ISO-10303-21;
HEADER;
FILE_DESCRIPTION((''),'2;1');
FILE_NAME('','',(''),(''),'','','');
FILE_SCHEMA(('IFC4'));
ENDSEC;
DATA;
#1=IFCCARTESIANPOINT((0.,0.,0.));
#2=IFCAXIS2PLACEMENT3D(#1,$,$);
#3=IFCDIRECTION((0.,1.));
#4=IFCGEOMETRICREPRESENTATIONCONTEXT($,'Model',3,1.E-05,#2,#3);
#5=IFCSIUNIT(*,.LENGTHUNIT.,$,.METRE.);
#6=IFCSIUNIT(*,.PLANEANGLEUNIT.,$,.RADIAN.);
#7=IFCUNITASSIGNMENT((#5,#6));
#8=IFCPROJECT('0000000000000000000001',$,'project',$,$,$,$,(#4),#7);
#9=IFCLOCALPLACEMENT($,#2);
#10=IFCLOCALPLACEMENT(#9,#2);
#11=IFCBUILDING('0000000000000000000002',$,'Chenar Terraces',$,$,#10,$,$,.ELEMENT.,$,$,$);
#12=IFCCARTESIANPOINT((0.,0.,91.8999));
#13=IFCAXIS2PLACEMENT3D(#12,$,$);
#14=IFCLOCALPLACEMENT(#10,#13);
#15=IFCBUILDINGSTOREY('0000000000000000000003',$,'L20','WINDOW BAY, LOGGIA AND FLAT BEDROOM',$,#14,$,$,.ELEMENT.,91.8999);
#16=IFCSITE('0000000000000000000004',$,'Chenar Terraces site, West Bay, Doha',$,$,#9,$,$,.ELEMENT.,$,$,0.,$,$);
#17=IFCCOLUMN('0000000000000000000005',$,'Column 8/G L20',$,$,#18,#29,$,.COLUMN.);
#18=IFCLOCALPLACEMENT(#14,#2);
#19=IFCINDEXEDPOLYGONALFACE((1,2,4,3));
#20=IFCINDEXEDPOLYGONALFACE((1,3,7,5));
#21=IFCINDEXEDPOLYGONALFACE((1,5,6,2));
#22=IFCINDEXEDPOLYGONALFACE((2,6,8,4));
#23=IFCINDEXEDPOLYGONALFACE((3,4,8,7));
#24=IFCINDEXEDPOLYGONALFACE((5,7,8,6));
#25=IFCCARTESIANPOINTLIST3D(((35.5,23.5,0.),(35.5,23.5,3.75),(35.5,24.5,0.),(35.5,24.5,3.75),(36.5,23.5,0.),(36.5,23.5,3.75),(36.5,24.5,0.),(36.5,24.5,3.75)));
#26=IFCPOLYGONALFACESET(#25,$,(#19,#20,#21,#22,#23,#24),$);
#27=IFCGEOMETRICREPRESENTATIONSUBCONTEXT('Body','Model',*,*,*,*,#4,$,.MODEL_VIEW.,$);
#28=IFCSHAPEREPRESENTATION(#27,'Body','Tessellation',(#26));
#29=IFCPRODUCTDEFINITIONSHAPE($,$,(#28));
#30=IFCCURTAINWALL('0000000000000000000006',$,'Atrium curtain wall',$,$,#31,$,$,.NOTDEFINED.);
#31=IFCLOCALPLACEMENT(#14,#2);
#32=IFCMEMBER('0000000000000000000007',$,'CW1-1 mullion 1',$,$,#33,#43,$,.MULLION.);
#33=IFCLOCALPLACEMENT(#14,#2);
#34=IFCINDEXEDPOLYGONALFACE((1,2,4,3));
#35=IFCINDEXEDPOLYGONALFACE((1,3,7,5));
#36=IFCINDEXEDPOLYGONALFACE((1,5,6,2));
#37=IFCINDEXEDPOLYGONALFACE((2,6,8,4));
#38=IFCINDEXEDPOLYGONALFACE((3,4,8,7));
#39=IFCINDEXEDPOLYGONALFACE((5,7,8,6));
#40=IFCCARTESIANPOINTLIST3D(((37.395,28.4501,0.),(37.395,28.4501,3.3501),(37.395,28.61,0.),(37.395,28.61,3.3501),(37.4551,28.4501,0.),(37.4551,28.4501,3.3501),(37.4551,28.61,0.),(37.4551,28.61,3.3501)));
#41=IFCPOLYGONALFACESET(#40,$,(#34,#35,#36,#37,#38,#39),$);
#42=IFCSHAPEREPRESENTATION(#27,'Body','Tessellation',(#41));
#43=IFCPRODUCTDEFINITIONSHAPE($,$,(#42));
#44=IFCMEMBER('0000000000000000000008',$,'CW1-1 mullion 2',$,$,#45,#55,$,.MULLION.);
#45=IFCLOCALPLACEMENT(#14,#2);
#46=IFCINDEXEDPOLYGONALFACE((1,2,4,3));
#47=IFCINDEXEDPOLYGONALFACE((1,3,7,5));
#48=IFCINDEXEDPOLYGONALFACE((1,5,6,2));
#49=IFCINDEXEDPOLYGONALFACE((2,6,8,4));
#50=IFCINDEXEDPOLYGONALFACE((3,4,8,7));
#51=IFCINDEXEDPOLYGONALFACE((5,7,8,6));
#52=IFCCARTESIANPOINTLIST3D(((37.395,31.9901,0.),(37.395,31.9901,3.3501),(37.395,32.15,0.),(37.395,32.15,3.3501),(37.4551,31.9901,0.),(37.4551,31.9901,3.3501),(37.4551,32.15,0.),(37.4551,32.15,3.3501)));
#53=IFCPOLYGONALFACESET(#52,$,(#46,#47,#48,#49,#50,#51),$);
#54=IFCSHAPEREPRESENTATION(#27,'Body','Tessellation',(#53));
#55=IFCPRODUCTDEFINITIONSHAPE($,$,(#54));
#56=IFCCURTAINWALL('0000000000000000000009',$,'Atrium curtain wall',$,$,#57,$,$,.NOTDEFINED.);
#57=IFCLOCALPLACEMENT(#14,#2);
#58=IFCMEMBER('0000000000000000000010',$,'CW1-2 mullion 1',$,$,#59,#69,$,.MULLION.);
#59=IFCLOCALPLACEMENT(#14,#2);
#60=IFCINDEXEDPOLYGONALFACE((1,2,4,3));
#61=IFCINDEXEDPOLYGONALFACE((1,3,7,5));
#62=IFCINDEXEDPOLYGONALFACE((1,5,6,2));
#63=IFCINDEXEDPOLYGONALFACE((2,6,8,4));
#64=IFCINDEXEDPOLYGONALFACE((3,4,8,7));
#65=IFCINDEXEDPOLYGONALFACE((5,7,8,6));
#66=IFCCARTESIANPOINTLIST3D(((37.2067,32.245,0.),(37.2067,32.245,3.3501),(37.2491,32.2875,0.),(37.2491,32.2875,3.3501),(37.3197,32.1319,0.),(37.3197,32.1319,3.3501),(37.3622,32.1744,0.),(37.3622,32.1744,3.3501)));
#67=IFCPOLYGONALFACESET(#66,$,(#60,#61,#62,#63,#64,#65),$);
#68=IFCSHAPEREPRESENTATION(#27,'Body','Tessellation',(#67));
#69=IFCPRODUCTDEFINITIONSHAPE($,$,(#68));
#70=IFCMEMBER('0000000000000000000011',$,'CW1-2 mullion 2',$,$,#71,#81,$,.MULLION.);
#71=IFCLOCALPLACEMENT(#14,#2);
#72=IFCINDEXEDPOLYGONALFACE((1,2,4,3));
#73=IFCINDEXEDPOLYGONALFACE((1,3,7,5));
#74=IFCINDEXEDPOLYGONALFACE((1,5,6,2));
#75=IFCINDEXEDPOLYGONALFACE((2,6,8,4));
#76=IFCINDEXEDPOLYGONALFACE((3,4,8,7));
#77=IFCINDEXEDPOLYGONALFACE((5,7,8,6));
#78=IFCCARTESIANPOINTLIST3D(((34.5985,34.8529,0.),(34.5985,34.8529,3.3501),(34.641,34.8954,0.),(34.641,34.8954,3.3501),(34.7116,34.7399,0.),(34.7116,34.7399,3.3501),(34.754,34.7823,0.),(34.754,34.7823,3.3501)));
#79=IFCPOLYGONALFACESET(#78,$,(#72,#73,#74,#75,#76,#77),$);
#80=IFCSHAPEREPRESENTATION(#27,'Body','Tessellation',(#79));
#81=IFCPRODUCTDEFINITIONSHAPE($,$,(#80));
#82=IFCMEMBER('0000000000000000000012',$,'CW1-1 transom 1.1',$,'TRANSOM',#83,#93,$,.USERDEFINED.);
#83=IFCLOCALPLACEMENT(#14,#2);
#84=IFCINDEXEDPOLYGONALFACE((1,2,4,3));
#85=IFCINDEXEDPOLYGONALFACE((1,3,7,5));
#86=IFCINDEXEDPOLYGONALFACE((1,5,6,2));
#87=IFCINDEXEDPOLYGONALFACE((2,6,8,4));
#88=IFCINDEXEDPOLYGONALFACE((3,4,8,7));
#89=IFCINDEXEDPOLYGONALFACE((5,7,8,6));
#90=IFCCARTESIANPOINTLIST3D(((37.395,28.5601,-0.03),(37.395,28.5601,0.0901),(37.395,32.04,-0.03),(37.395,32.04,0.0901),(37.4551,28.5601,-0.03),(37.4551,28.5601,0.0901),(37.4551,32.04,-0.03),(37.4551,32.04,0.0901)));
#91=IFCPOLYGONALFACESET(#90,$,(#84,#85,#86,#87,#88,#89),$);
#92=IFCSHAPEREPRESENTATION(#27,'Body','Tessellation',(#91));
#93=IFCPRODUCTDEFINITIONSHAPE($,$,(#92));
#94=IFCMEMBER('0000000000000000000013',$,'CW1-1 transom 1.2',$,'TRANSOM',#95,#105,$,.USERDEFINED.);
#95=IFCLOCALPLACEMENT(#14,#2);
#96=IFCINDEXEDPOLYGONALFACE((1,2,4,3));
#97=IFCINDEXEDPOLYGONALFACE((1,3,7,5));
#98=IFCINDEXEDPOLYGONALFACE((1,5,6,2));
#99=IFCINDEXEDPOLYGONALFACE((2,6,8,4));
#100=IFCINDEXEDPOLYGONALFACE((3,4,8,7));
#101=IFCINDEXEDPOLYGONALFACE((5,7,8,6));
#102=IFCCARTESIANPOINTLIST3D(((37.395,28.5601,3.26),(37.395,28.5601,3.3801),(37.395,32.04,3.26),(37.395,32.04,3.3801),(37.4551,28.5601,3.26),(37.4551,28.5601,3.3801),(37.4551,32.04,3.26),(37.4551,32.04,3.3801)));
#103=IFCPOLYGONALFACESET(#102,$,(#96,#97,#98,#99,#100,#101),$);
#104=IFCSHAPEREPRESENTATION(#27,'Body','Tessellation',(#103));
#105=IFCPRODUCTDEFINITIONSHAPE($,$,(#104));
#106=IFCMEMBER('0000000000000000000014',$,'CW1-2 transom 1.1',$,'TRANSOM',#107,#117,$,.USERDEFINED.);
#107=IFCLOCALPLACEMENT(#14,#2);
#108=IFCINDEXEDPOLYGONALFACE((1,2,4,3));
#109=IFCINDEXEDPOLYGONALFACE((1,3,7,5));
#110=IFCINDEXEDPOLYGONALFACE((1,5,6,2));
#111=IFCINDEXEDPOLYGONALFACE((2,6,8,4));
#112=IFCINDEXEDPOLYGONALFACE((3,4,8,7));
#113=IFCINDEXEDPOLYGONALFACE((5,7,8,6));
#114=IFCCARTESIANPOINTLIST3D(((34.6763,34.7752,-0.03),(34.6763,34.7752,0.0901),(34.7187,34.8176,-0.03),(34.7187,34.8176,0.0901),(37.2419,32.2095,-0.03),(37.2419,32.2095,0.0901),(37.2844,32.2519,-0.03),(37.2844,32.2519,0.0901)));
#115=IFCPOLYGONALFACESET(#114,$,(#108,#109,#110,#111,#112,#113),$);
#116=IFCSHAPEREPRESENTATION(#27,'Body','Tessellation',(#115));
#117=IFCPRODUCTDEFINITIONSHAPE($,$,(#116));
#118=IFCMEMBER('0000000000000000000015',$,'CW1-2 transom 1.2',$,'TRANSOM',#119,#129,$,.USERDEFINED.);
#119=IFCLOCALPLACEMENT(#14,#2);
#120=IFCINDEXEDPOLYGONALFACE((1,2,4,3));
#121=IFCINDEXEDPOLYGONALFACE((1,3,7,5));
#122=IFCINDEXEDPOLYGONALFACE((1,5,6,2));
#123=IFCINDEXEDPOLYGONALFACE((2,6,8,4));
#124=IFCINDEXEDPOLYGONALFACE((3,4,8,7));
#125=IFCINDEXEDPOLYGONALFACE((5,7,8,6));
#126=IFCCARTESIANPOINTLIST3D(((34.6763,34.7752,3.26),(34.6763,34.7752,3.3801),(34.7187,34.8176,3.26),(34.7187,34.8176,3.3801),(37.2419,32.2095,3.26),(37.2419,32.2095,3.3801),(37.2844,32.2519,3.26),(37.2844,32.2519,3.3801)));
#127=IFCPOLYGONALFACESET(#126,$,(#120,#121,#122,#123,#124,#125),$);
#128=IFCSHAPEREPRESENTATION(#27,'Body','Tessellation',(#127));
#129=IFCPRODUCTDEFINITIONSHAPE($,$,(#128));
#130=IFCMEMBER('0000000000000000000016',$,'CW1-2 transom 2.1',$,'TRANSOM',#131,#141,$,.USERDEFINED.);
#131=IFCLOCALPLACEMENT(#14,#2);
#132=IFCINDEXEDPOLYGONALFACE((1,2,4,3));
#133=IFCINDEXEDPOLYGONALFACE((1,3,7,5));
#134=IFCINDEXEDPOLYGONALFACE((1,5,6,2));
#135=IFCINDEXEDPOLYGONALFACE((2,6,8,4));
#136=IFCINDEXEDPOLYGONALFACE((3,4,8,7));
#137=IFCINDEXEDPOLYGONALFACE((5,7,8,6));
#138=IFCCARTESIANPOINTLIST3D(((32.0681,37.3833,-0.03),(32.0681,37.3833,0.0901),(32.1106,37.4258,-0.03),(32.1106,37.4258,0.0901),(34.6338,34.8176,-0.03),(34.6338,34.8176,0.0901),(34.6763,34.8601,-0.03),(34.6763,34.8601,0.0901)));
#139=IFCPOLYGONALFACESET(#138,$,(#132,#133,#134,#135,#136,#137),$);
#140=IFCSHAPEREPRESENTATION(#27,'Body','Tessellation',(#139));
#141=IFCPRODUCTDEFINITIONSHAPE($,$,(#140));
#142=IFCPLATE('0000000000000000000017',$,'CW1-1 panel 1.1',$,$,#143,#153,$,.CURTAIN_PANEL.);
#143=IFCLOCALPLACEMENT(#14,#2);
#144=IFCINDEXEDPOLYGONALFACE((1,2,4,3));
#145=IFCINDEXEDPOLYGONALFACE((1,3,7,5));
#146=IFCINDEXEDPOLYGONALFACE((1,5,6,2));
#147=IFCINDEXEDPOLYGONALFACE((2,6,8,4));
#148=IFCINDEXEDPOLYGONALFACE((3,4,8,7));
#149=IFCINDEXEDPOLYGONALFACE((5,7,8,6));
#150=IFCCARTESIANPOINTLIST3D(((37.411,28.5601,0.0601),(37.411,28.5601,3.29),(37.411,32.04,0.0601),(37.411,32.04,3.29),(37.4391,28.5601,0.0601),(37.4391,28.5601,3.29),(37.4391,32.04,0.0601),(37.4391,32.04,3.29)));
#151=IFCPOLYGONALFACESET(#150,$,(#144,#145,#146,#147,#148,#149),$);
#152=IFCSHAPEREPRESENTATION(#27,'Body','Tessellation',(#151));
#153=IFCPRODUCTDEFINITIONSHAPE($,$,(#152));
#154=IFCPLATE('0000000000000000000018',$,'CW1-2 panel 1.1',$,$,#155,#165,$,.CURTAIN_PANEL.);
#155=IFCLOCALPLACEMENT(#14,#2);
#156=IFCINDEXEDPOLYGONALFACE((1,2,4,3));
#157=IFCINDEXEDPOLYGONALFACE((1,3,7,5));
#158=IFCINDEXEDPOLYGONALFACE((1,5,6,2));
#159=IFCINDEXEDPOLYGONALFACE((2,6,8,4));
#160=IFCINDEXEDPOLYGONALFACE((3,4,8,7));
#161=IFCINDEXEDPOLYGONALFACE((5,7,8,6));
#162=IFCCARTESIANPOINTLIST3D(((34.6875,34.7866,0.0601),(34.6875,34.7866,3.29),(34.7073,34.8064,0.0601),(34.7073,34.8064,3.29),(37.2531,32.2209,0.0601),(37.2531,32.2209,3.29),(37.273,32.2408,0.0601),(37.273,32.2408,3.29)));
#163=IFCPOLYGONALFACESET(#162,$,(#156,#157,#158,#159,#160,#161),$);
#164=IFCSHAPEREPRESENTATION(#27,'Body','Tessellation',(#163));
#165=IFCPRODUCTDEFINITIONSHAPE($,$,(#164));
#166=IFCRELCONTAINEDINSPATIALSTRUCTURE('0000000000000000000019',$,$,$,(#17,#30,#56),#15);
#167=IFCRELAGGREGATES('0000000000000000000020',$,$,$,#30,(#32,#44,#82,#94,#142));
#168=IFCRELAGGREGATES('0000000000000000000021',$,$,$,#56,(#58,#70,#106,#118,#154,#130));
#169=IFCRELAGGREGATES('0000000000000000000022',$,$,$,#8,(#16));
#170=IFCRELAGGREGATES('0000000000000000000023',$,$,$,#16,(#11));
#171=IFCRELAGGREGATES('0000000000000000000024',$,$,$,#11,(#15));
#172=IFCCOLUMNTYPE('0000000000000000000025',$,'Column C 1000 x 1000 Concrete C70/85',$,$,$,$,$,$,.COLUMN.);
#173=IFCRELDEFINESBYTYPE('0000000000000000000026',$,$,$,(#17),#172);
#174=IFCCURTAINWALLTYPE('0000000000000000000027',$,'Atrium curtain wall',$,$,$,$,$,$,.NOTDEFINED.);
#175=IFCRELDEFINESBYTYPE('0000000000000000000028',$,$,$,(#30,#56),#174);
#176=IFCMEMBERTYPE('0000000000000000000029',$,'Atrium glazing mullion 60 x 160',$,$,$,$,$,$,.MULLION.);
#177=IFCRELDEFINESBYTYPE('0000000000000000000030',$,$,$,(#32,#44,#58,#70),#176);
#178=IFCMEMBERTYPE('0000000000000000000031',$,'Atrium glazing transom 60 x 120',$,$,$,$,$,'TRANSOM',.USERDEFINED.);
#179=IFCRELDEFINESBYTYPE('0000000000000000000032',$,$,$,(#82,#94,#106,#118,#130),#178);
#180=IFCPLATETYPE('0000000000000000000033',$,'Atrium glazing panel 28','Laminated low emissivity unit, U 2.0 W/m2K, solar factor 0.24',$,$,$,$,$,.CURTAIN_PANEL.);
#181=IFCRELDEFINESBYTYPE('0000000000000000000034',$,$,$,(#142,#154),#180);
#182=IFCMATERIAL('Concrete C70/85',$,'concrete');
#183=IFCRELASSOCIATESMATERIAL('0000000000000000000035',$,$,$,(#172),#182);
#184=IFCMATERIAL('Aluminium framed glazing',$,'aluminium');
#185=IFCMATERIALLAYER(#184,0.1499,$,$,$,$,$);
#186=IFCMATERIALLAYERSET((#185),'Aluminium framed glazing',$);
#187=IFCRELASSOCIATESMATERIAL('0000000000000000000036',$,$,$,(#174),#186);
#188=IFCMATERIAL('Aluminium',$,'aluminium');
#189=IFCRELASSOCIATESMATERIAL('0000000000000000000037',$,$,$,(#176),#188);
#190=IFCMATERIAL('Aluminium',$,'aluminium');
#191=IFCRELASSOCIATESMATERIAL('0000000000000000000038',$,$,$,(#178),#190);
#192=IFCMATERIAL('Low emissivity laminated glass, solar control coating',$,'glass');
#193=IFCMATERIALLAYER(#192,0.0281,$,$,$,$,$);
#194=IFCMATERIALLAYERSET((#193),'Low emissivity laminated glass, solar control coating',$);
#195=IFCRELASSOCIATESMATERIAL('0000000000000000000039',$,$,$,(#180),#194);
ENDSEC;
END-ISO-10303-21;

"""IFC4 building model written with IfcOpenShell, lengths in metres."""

from ifc_helpers import new_model, si_unit, direction, frame, origin, origin_2d, place, context, subcontext, project, spatial, rectangle, extrude, material, layer, layer_set, material_profile, profile_set, type_object, element, aggregate, save


model = new_model("IFC4")

# Units and contexts
model_context = context("Model", 3, precision=1e-05, world=origin(), true_north=direction((0.0, 1.0)))
body_context = subcontext(model_context, "Body", "Model", "MODEL_VIEW")
ifc_project = project(units=[si_unit("LENGTHUNIT", "METRE"), si_unit("PLANEANGLEUNIT", "RADIAN")], contexts=[model_context])

# Site, building, storey
site_placement = place(None, origin())
site = spatial("IfcSite", under=ifc_project, at=site_placement, Name="Chenar Terraces site, West Bay, Doha", CompositionType="ELEMENT", RefElevation=0.0)
building_placement = place(site_placement, origin())
building = spatial("IfcBuilding", under=site, at=building_placement, Name="Chenar Terraces", CompositionType="ELEMENT")
storey_placement = place(building_placement, frame((0.0, 0.0, 91.8999)))
storey = spatial("IfcBuildingStorey", under=building, at=storey_placement, Name="L20", Description="WINDOW BAY, LOGGIA AND FLAT BEDROOM", CompositionType="ELEMENT", Elevation=91.8999)

# Column
ifc_material_1 = material(Name="Concrete C70/85", Category="concrete")
ifc_material_profile_1 = material_profile(ifc_material_1, rectangle(XDim=1.0, YDim=1.0, at=origin_2d()), Name="C 1000 x 1000")
ifc_profile_set_1 = profile_set([ifc_material_profile_1], Name="Concrete C70/85")
column_type = type_object("IfcColumnType", Name="Column C 1000 x 1000 Concrete C70/85", PredefinedType="COLUMN", material=ifc_profile_set_1)
column_placement = place(storey_placement, frame((36.0, 24.0, 0.0), z_axis=(0.0, 0.0, 1.0), x_axis=(1.0, 0.0, 0.0)))
element("IfcColumn", 1, at=column_placement, inside=storey, type_object=column_type, Name="Column 8/G L20", PredefinedType="COLUMN", context=body_context, shape_type="SweptSolid", body=[
    extrude(rectangle(XDim=1.0, YDim=1.0, at=origin_2d()), origin(), (0.0, 0.0, 1.0), 3.75),
])

# Curtain walls, members
ifc_material_2 = material(Name="Aluminium framed glazing", Category="aluminium")
ifc_layer_1 = layer(ifc_material_2, 0.1499)
ifc_layer_set_1 = layer_set([ifc_layer_1], Name="Aluminium framed glazing")
curtain_wall_type = type_object("IfcCurtainWallType", Name="Atrium curtain wall", PredefinedType="NOTDEFINED", material=ifc_layer_set_1)
placement = place(storey_placement, origin())
curtain_wall_1 = element("IfcCurtainWall", 2, at=placement, inside=storey, type_object=curtain_wall_type, Name="Atrium curtain wall", PredefinedType="NOTDEFINED")
ifc_material_3 = material(Name="Aluminium", Category="aluminium")
ifc_material_profile_2 = material_profile(ifc_material_3, rectangle(XDim=0.0601, YDim=0.1599, at=origin_2d()), Name="Atrium glazing mullion 60 x 160")
ifc_profile_set_2 = profile_set([ifc_material_profile_2], Name="Aluminium")
member_type_1 = type_object("IfcMemberType", Name="Atrium glazing mullion 60 x 160", PredefinedType="MULLION", material=ifc_profile_set_2)
member_1_placement = place(storey_placement, frame((37.425, 28.53, 0.0), z_axis=(0.0, 0.0, 1.0), x_axis=(-1.0, 0.0, 0.0)))
member_1 = element("IfcMember", 3, at=member_1_placement, type_object=member_type_1, Name="CW1-1 mullion 1", PredefinedType="MULLION", context=body_context, shape_type="SweptSolid", body=[
    extrude(rectangle(XDim=0.0601, YDim=0.1599, at=origin_2d()), origin(), (0.0, 0.0, 1.0), 3.3501),
])
member_2_placement = place(storey_placement, frame((37.425, 32.0701, 0.0), z_axis=(0.0, 0.0, 1.0), x_axis=(-1.0, 0.0, 0.0)))
member_2 = element("IfcMember", 4, at=member_2_placement, type_object=member_type_1, Name="CW1-1 mullion 2", PredefinedType="MULLION", context=body_context, shape_type="SweptSolid", body=[
    extrude(rectangle(XDim=0.0601, YDim=0.1599, at=origin_2d()), origin(), (0.0, 0.0, 1.0), 3.3501),
])
curtain_wall_2 = element("IfcCurtainWall", 5, at=placement, inside=storey, type_object=curtain_wall_type, Name="Atrium curtain wall", PredefinedType="NOTDEFINED")
member_3_placement = place(storey_placement, frame((37.2844, 32.2097, 0.0), z_axis=(0.0, 0.0, 1.0), x_axis=(-0.707107, -0.707107, 0.0)))
member_3 = element("IfcMember", 6, at=member_3_placement, type_object=member_type_1, Name="CW1-2 mullion 1", PredefinedType="MULLION", context=body_context, shape_type="SweptSolid", body=[
    extrude(rectangle(XDim=0.0601, YDim=0.1599, at=origin_2d()), origin(), (0.0, 0.0, 1.0), 3.3501),
])
member_4_placement = place(storey_placement, frame((34.6763, 34.8176, 0.0), z_axis=(0.0, 0.0, 1.0), x_axis=(-0.707107, -0.707107, 0.0)))
member_4 = element("IfcMember", 7, at=member_4_placement, type_object=member_type_1, Name="CW1-2 mullion 2", PredefinedType="MULLION", context=body_context, shape_type="SweptSolid", body=[
    extrude(rectangle(XDim=0.0601, YDim=0.1599, at=origin_2d()), origin(), (0.0, 0.0, 1.0), 3.3501),
])

# Members
ifc_material_4 = material(Name="Aluminium", Category="aluminium")
ifc_material_profile_3 = material_profile(ifc_material_4, rectangle(XDim=0.0601, YDim=0.1201, at=origin_2d()), Name="Atrium glazing transom 60 x 120")
ifc_profile_set_3 = profile_set([ifc_material_profile_3], Name="Aluminium")
member_type_2 = type_object("IfcMemberType", Name="Atrium glazing transom 60 x 120", ElementType="TRANSOM", PredefinedType="USERDEFINED", material=ifc_profile_set_3)
member_5_placement = place(storey_placement, frame((37.425, 28.5601, 0.03), z_axis=(0.0, 1.0, 0.0), x_axis=(-1.0, 0.0, 0.0)))
member_5 = element("IfcMember", 8, at=member_5_placement, type_object=member_type_2, Name="CW1-1 transom 1.1", ObjectType="TRANSOM", PredefinedType="USERDEFINED", context=body_context, shape_type="SweptSolid", body=[
    extrude(rectangle(XDim=0.0601, YDim=0.1201, at=origin_2d()), origin(), (0.0, 0.0, 1.0), 3.48),
])
member_6_placement = place(storey_placement, frame((37.425, 28.5601, 3.3201), z_axis=(0.0, 1.0, 0.0), x_axis=(-1.0, 0.0, 0.0)))
member_6 = element("IfcMember", 9, at=member_6_placement, type_object=member_type_2, Name="CW1-1 transom 1.2", ObjectType="TRANSOM", PredefinedType="USERDEFINED", context=body_context, shape_type="SweptSolid", body=[
    extrude(rectangle(XDim=0.0601, YDim=0.1201, at=origin_2d()), origin(), (0.0, 0.0, 1.0), 3.48),
])
member_7_placement = place(storey_placement, frame((37.2632, 32.2307, 0.03), z_axis=(-0.707107, 0.707107, 0.0), x_axis=(-0.707107, -0.707107, 0.0)))
member_7 = element("IfcMember", 10, at=member_7_placement, type_object=member_type_2, Name="CW1-2 transom 1.1", ObjectType="TRANSOM", PredefinedType="USERDEFINED", context=body_context, shape_type="SweptSolid", body=[
    extrude(rectangle(XDim=0.0601, YDim=0.1201, at=origin_2d()), origin(), (0.0, 0.0, 1.0), 3.6284),
])
member_8_placement = place(storey_placement, frame((37.2632, 32.2307, 3.3201), z_axis=(-0.707107, 0.707107, 0.0), x_axis=(-0.707107, -0.707107, 0.0)))
member_8 = element("IfcMember", 11, at=member_8_placement, type_object=member_type_2, Name="CW1-2 transom 1.2", ObjectType="TRANSOM", PredefinedType="USERDEFINED", context=body_context, shape_type="SweptSolid", body=[
    extrude(rectangle(XDim=0.0601, YDim=0.1201, at=origin_2d()), origin(), (0.0, 0.0, 1.0), 3.6284),
])
member_9_placement = place(storey_placement, frame((34.655, 34.8389, 0.03), z_axis=(-0.707107, 0.707107, 0.0), x_axis=(-0.707107, -0.707107, 0.0)))
member_9 = element("IfcMember", 12, at=member_9_placement, type_object=member_type_2, Name="CW1-2 transom 2.1", ObjectType="TRANSOM", PredefinedType="USERDEFINED", context=body_context, shape_type="SweptSolid", body=[
    extrude(rectangle(XDim=0.0601, YDim=0.1201, at=origin_2d()), origin(), (0.0, 0.0, 1.0), 3.6284),
])

# Plates
ifc_material_5 = material(Name="Low emissivity laminated glass, solar control coating", Category="glass")
ifc_layer_2 = layer(ifc_material_5, 0.0281)
ifc_layer_set_2 = layer_set([ifc_layer_2], Name="Low emissivity laminated glass, solar control coating")
plate_type = type_object("IfcPlateType", Name="Atrium glazing panel 28", Description="Laminated low emissivity unit, U 2.0 W/m2K, solar factor 0.24", PredefinedType="CURTAIN_PANEL", material=ifc_layer_set_2)
plate_1_placement = place(storey_placement, frame((37.425, 30.3, 0.0601), z_axis=(0.0, 0.0, 1.0), x_axis=(0.0, 1.0, 0.0)))
plate_1 = element("IfcPlate", 13, at=plate_1_placement, type_object=plate_type, Name="CW1-1 panel 1.1", PredefinedType="CURTAIN_PANEL", context=body_context, shape_type="SweptSolid", body=[
    extrude(rectangle(XDim=3.48, YDim=0.0281, at=origin_2d()), origin(), (0.0, 0.0, 1.0), 3.23),
])
aggregate(curtain_wall_1, [member_1, member_2, member_5, member_6, plate_1])
plate_2_placement = place(storey_placement, frame((35.9802, 33.5137, 0.0601), z_axis=(0.0, 0.0, 1.0), x_axis=(-0.707107, 0.707107, 0.0)))
plate_2 = element("IfcPlate", 14, at=plate_2_placement, type_object=plate_type, Name="CW1-2 panel 1.1", PredefinedType="CURTAIN_PANEL", context=body_context, shape_type="SweptSolid", body=[
    extrude(rectangle(XDim=3.6284, YDim=0.0281, at=origin_2d()), origin(), (0.0, 0.0, 1.0), 3.23),
])
aggregate(curtain_wall_2, [member_3, member_4, member_7, member_8, plate_2, member_9])

save(model, "model.ifc")
